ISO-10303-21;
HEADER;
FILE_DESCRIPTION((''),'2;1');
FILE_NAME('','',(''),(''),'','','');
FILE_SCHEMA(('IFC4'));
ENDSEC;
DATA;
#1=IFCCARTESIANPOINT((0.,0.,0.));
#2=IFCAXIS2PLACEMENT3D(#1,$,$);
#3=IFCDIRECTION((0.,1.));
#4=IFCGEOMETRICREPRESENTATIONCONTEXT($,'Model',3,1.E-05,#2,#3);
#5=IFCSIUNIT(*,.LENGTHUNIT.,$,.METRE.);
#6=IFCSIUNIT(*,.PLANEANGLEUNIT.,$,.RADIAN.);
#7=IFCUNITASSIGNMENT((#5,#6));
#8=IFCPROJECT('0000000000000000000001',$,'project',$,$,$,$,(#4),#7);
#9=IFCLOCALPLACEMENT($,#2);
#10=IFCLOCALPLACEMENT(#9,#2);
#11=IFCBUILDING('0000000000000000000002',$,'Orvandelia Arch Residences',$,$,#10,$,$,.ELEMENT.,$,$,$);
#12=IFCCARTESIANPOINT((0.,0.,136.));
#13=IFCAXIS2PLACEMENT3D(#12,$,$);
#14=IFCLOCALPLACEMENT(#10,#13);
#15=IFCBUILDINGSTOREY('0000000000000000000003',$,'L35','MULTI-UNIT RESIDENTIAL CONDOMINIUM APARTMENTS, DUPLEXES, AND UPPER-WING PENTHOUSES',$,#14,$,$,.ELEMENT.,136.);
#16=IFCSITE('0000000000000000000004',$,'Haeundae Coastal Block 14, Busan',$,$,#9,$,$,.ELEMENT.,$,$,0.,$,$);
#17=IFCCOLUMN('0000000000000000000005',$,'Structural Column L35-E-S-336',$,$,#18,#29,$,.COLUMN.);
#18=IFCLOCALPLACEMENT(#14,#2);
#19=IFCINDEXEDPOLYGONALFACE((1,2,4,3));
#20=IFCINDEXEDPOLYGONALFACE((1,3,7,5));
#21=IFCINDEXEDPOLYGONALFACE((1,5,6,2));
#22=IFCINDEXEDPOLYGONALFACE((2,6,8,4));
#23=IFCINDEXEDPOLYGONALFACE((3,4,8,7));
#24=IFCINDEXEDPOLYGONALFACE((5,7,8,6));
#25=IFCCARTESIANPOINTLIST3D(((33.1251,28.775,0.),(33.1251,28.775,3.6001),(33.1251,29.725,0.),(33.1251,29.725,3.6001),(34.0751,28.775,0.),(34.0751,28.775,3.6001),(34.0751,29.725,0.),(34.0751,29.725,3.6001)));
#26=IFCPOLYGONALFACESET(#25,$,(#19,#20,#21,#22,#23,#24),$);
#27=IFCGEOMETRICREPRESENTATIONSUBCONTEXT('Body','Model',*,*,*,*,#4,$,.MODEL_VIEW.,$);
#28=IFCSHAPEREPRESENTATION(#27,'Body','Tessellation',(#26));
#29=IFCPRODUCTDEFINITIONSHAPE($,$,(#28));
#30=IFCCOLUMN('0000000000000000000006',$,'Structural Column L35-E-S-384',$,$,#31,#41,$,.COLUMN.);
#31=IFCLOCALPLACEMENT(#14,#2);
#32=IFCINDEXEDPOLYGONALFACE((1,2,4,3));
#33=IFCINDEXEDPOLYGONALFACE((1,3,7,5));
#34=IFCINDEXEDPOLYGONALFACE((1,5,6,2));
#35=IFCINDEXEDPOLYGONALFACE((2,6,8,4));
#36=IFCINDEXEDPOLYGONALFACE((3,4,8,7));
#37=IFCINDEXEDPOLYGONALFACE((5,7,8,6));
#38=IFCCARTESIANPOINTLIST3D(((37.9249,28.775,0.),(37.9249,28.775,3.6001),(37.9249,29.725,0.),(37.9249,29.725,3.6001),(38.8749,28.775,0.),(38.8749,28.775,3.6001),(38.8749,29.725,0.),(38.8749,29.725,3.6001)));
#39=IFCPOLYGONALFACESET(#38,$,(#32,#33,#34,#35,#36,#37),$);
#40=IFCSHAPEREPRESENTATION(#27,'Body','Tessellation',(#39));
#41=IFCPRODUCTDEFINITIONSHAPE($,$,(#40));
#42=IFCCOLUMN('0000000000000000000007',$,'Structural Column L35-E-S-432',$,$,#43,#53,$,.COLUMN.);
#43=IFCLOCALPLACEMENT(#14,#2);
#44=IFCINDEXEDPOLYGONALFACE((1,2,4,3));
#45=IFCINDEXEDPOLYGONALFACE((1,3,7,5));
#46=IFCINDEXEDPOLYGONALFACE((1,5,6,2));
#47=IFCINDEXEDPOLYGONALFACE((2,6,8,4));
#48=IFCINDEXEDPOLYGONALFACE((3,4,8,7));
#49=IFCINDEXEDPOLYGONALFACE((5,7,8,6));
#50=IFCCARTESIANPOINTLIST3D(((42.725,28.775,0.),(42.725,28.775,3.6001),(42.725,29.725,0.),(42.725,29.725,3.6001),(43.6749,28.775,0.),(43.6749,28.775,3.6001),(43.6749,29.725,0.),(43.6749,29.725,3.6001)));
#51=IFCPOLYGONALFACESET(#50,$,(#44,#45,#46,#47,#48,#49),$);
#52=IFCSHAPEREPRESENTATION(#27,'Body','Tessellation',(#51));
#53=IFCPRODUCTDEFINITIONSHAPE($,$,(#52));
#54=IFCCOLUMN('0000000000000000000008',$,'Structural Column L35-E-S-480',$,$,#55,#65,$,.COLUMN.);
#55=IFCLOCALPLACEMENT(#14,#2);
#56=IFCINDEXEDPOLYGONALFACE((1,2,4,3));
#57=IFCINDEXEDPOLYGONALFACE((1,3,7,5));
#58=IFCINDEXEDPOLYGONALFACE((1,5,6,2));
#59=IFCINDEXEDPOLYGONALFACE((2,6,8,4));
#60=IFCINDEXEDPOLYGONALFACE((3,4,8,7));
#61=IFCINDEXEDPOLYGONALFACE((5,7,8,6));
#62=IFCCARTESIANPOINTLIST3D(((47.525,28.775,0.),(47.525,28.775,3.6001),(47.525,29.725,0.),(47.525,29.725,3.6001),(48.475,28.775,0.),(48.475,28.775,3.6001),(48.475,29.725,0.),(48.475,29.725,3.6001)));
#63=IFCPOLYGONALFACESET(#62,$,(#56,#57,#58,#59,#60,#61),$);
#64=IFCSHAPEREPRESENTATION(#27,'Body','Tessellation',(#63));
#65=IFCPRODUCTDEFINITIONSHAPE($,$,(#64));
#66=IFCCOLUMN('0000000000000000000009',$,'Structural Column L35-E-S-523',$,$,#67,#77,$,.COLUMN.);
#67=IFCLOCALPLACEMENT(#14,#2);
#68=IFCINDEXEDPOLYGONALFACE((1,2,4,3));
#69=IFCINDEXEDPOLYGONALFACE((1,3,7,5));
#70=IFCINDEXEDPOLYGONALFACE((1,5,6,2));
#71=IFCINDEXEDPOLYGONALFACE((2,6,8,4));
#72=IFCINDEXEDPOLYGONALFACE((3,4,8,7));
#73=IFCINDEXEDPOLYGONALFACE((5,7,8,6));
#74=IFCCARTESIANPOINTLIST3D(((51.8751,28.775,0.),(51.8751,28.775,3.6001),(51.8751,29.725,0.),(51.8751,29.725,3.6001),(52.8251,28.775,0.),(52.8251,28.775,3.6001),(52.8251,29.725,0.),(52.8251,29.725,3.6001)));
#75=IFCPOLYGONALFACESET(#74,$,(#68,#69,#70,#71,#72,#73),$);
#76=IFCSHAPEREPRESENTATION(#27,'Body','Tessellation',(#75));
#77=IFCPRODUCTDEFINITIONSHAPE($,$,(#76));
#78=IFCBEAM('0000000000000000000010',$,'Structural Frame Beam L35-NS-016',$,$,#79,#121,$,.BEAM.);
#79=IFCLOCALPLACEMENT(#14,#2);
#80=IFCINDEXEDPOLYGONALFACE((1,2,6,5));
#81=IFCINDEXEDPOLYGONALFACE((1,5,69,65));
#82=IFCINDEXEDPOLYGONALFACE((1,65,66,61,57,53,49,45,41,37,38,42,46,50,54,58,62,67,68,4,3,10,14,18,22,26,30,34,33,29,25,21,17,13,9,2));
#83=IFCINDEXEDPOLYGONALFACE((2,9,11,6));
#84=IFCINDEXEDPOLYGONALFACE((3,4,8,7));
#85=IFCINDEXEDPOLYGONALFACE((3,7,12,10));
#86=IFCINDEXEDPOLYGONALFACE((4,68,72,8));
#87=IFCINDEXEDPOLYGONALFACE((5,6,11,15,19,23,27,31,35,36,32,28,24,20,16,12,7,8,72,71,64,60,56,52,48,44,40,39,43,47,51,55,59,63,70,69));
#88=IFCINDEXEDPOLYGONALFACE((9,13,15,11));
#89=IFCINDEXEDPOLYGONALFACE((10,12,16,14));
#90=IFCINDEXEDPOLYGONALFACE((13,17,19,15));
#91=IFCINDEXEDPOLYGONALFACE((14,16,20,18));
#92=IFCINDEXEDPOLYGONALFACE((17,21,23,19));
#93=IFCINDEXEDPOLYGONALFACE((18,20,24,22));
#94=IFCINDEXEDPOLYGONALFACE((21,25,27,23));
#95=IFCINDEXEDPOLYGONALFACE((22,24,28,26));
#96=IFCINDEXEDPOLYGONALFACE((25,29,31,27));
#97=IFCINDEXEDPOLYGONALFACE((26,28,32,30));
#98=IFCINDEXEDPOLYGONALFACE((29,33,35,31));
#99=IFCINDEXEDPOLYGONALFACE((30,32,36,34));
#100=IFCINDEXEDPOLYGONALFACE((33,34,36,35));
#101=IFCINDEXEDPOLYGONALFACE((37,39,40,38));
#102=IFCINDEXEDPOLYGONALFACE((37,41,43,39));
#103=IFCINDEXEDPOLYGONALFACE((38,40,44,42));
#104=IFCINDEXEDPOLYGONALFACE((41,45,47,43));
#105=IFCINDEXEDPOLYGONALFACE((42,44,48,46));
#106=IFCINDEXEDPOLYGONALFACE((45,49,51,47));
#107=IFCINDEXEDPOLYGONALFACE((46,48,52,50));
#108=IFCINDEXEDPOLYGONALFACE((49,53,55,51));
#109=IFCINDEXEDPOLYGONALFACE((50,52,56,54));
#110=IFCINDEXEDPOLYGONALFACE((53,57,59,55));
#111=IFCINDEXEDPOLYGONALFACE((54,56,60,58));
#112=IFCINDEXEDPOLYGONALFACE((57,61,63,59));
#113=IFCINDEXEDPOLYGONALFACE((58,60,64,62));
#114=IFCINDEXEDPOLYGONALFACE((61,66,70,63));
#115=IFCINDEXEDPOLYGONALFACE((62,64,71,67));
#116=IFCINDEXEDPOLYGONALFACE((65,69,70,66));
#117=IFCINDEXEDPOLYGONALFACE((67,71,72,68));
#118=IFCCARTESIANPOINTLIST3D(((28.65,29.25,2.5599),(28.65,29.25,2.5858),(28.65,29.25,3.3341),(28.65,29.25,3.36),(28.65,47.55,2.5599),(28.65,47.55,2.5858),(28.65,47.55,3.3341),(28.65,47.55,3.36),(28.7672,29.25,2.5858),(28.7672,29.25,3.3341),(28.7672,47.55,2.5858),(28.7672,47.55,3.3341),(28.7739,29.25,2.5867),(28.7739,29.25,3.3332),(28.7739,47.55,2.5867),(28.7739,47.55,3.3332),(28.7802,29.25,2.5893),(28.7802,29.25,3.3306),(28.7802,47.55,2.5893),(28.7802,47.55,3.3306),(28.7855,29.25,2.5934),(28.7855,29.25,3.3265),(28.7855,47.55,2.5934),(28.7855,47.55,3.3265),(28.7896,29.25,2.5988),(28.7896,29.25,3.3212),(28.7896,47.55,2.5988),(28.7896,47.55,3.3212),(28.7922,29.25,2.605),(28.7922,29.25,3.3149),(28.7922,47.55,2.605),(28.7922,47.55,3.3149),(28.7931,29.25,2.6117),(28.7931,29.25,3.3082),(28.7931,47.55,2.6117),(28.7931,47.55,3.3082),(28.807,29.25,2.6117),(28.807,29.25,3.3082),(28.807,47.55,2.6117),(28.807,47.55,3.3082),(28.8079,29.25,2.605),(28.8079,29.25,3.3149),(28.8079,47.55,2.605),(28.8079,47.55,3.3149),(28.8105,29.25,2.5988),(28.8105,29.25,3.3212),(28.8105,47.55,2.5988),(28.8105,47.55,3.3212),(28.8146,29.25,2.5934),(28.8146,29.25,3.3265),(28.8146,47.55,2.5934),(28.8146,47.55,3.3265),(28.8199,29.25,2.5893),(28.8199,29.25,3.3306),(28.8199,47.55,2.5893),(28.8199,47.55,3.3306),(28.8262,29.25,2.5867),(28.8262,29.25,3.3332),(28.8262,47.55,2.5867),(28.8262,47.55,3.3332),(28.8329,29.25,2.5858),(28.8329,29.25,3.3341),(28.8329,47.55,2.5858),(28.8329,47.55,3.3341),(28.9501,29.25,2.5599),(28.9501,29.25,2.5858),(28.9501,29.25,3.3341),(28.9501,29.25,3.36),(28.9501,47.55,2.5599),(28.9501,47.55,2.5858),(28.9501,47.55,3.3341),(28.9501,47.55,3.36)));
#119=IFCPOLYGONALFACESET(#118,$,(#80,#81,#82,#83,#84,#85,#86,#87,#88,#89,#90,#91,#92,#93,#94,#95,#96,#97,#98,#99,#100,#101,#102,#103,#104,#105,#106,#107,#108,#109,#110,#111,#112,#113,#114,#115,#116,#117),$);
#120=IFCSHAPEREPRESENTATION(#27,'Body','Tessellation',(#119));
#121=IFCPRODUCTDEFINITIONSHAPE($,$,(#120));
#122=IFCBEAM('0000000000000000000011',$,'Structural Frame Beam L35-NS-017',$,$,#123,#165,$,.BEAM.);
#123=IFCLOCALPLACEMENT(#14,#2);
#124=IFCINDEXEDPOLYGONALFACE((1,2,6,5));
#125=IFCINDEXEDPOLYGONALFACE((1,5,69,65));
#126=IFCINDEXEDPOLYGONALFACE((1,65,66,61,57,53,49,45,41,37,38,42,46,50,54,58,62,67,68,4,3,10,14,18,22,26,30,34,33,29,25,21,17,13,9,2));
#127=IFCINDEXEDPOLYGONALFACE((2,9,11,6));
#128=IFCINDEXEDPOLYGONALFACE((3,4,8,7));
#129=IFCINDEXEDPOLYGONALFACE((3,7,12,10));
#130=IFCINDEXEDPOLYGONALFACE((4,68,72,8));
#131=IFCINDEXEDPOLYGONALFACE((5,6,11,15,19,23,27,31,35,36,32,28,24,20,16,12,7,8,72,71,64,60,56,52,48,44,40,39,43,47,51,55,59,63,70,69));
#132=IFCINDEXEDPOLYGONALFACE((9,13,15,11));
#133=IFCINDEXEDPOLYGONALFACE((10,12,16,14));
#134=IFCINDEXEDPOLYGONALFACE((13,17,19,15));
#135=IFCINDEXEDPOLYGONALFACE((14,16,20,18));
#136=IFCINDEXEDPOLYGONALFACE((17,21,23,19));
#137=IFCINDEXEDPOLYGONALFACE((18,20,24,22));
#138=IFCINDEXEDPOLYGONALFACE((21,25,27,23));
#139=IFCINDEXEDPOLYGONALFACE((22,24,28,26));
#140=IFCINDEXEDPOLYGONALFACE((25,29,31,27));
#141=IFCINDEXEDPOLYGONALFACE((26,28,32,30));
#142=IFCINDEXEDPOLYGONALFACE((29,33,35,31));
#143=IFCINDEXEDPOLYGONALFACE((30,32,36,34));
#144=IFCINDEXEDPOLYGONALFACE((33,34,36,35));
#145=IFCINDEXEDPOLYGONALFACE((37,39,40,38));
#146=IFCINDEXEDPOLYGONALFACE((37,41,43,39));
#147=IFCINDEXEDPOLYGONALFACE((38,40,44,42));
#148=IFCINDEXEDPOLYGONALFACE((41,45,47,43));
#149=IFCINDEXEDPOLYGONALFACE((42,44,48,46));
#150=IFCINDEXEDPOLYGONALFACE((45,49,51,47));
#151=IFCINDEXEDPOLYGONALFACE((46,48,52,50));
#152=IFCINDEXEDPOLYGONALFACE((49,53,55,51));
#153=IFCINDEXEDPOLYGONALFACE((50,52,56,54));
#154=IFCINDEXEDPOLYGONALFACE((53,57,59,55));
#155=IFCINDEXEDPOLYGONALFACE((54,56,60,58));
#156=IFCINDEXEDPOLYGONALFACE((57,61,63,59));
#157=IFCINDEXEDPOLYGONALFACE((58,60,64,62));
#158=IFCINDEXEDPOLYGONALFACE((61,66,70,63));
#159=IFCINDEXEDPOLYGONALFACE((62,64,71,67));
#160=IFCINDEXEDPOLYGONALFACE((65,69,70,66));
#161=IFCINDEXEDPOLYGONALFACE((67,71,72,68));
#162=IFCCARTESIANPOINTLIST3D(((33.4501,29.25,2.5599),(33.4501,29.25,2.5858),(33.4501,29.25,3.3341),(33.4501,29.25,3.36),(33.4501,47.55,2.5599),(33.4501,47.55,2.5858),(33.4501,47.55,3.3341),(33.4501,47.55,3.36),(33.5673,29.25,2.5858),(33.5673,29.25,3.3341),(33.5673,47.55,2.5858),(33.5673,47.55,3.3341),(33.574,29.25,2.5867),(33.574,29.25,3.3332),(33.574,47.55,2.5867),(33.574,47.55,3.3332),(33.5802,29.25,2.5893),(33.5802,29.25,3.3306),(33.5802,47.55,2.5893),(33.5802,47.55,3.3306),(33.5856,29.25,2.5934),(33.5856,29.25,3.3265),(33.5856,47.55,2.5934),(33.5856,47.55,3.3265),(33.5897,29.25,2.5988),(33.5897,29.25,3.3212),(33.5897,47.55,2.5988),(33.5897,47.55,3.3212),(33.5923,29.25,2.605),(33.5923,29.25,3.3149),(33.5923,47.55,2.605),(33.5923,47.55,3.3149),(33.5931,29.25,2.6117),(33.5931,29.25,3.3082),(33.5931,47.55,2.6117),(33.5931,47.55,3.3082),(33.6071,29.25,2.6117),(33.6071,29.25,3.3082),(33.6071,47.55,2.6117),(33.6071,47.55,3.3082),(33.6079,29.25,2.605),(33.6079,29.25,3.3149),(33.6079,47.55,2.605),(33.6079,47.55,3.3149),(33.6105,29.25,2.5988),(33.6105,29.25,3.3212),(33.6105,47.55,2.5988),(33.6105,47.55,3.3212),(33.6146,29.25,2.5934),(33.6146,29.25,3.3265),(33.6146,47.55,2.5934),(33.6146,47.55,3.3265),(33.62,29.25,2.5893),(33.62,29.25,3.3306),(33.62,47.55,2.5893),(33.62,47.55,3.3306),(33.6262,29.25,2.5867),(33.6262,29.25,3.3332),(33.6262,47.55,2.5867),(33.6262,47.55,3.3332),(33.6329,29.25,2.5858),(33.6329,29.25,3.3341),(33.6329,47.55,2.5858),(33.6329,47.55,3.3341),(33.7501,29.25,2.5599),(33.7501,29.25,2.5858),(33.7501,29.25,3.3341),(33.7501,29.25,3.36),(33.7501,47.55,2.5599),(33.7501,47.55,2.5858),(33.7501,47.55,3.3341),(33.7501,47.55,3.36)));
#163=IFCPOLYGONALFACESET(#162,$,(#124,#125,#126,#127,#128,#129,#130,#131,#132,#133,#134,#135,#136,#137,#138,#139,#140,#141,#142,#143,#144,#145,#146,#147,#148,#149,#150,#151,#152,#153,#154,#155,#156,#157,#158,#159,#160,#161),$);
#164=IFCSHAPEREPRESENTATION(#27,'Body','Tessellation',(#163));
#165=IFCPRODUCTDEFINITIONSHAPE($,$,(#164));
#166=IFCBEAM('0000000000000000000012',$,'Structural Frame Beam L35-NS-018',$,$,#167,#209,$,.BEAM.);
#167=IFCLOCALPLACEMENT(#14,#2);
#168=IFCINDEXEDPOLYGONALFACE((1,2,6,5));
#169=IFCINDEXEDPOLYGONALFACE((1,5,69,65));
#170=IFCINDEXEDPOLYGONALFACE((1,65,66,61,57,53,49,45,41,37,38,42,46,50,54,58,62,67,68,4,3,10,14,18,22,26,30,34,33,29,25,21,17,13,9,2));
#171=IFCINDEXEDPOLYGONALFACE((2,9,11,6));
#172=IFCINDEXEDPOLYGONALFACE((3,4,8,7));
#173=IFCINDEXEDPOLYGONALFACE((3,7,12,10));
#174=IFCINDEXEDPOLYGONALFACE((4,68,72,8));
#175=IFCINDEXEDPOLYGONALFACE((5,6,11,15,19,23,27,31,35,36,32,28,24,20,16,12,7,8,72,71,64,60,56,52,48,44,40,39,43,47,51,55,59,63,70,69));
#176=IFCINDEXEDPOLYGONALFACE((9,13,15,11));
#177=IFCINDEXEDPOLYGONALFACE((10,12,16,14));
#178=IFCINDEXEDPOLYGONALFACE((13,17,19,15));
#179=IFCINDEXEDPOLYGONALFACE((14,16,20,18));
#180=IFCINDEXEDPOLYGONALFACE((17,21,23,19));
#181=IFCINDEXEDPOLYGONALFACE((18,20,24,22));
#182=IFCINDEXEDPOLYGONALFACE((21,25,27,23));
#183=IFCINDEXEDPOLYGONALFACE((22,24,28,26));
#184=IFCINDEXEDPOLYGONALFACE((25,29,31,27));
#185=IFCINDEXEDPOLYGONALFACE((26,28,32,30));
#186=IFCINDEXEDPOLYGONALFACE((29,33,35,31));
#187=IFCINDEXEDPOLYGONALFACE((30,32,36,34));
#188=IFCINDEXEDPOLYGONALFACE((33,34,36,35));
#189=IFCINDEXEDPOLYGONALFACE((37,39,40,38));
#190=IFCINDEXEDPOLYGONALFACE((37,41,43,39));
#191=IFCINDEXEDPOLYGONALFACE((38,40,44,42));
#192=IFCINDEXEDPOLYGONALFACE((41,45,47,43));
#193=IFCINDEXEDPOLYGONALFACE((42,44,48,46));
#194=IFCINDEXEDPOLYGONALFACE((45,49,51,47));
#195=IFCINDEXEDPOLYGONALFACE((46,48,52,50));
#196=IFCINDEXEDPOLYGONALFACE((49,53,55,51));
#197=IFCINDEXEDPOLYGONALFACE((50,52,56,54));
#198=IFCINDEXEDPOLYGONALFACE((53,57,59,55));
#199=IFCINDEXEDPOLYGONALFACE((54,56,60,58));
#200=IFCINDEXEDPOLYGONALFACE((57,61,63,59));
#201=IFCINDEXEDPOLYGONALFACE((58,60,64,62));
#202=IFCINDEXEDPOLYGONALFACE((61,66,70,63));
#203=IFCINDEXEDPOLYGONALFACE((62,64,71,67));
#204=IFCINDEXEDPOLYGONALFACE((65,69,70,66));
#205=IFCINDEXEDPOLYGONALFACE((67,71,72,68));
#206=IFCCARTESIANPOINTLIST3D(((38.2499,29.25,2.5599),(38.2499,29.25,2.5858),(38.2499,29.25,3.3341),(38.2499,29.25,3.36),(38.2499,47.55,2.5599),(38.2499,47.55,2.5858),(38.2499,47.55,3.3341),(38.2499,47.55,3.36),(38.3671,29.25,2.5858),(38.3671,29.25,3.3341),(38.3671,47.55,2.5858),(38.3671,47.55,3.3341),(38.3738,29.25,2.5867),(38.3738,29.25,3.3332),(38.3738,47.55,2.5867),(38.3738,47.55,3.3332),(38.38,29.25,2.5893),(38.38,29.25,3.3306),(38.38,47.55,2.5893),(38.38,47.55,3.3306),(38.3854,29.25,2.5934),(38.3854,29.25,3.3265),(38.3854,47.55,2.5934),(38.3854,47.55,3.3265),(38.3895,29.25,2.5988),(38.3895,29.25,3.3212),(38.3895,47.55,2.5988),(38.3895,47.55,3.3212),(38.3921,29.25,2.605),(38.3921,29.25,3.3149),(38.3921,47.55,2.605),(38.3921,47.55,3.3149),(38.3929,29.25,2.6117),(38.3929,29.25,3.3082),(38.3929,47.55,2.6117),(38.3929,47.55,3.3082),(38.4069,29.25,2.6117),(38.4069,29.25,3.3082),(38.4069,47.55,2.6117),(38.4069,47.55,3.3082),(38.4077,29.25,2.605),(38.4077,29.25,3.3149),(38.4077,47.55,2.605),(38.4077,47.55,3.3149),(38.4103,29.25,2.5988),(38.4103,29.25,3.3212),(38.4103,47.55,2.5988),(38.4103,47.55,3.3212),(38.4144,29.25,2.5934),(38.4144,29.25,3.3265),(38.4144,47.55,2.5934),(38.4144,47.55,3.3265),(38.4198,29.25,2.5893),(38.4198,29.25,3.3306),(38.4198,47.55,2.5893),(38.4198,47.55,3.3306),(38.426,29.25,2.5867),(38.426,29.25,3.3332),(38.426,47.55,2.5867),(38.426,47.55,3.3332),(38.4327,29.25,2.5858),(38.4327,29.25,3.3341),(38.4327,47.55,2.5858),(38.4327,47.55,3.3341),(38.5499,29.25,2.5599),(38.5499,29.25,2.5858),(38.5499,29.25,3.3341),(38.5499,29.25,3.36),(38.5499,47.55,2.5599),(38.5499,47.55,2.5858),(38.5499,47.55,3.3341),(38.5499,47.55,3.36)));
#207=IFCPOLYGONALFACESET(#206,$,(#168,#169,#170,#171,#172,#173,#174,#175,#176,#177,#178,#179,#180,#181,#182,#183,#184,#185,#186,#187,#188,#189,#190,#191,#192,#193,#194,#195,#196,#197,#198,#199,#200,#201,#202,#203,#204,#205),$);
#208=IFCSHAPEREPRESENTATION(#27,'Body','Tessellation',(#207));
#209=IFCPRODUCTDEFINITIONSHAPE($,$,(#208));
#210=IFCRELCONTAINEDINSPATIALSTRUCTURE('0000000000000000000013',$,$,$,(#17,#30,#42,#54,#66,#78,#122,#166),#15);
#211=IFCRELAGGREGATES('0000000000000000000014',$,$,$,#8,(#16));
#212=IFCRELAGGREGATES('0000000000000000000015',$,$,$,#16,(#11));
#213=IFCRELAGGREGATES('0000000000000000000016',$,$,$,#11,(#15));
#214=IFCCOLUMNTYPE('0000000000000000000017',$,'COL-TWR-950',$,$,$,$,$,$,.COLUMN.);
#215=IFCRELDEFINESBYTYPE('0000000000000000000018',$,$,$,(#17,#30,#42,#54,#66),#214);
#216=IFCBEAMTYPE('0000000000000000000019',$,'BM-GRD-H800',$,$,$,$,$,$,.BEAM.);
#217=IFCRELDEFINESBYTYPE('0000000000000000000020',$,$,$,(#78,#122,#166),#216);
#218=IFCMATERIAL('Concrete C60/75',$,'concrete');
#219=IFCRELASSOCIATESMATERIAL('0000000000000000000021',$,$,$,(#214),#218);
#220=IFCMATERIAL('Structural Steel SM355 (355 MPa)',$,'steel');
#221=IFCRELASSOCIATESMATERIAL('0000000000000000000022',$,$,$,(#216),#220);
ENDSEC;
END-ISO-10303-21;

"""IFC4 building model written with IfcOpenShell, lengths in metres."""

from ifc_helpers import new_model, si_unit, direction, frame, origin, origin_2d, place, context, subcontext, project, spatial, rectangle, i_section, extrude, material, material_profile, profile_set, type_object, element, save


model = new_model("IFC4")

# Units and contexts
model_context = context("Model", 3, precision=1e-05, world=origin(), true_north=direction((0.0, 1.0)))
body_context = subcontext(model_context, "Body", "Model", "MODEL_VIEW")
ifc_project = project(units=[si_unit("LENGTHUNIT", "METRE"), si_unit("PLANEANGLEUNIT", "RADIAN")], contexts=[model_context])

# Site, building, storey
site_placement = place(None, origin())
site = spatial("IfcSite", under=ifc_project, at=site_placement, Name="Haeundae Coastal Block 14, Busan", CompositionType="ELEMENT", RefElevation=0.0)
building_placement = place(site_placement, origin())
building = spatial("IfcBuilding", under=site, at=building_placement, Name="Orvandelia Arch Residences", CompositionType="ELEMENT")
storey_placement = place(building_placement, frame((0.0, 0.0, 136.0)))
storey = spatial("IfcBuildingStorey", under=building, at=storey_placement, Name="L35", Description="MULTI-UNIT RESIDENTIAL CONDOMINIUM APARTMENTS, DUPLEXES, AND UPPER-WING PENTHOUSES", CompositionType="ELEMENT", Elevation=136.0)

# Columns
ifc_material_1 = material(Name="Concrete C60/75", Category="concrete")
ifc_material_profile_1 = material_profile(ifc_material_1, rectangle(XDim=0.95, YDim=0.95, at=origin_2d()), Name="Concrete C60/75", Category="concrete")
ifc_profile_set_1 = profile_set([ifc_material_profile_1], Name="Concrete C60/75")
column_type = type_object("IfcColumnType", Name="COL-TWR-950", PredefinedType="COLUMN", material=ifc_profile_set_1)
for number, where, z_axis, x_axis, name in (
    (1, (33.6001, 29.25, 0.0), (0.0, 0.0, 1.0), (1.0, 0.0, 0.0), "Structural Column L35-E-S-336"),
    (2, (38.3999, 29.25, 0.0), (0.0, 0.0, 1.0), (1.0, 0.0, 0.0), "Structural Column L35-E-S-384"),
    (3, (43.2, 29.25, 0.0), (0.0, 0.0, 1.0), (1.0, 0.0, 0.0), "Structural Column L35-E-S-432"),
    (4, (48.0, 29.25, 0.0), (0.0, 0.0, 1.0), (1.0, 0.0, 0.0), "Structural Column L35-E-S-480"),
    (5, (52.3501, 29.25, 0.0), (0.0, 0.0, 1.0), (1.0, 0.0, 0.0), "Structural Column L35-E-S-523"),
):
    element("IfcColumn", number, at=place(storey_placement, frame(where, z_axis=z_axis, x_axis=x_axis)), inside=storey, type_object=column_type, Name=name, PredefinedType="COLUMN", context=body_context, shape_type="SweptSolid", body=[
        extrude(rectangle(XDim=0.95, YDim=0.95, at=origin_2d()), origin(), (0.0, 0.0, 1.0), 3.6001),
    ])

# Beams
ifc_material_2 = material(Name="Structural Steel SM355 (355 MPa)", Category="steel")
ifc_material_profile_2 = material_profile(ifc_material_2, i_section(OverallWidth=0.3, OverallDepth=0.8, WebThickness=0.0139, FlangeThickness=0.0259, FilletRadius=0.0259, at=origin_2d()), Name="Structural Steel SM355 (355 MPa)", Category="steel")
ifc_profile_set_2 = profile_set([ifc_material_profile_2], Name="Structural Steel SM355 (355 MPa)")
beam_type = type_object("IfcBeamType", Name="BM-GRD-H800", PredefinedType="BEAM", material=ifc_profile_set_2)
for number, where, z_axis, x_axis, name in (
    (6, (28.8, 29.25, 2.96), (0.0, 1.0, 0.0), (-1.0, 0.0, 0.0), "Structural Frame Beam L35-NS-016"),
    (7, (33.6001, 29.25, 2.96), (0.0, 1.0, 0.0), (-1.0, 0.0, 0.0), "Structural Frame Beam L35-NS-017"),
    (8, (38.3999, 29.25, 2.96), (0.0, 1.0, 0.0), (-1.0, 0.0, 0.0), "Structural Frame Beam L35-NS-018"),
):
    element("IfcBeam", number, at=place(storey_placement, frame(where, z_axis=z_axis, x_axis=x_axis)), inside=storey, type_object=beam_type, Name=name, PredefinedType="BEAM", context=body_context, shape_type="SweptSolid", body=[
        extrude(i_section(OverallWidth=0.3, OverallDepth=0.8, WebThickness=0.0139, FlangeThickness=0.0259, FilletRadius=0.0259, at=origin_2d()), origin(), (0.0, 0.0, 1.0), 18.3),
    ])

save(model, "model.ifc")
